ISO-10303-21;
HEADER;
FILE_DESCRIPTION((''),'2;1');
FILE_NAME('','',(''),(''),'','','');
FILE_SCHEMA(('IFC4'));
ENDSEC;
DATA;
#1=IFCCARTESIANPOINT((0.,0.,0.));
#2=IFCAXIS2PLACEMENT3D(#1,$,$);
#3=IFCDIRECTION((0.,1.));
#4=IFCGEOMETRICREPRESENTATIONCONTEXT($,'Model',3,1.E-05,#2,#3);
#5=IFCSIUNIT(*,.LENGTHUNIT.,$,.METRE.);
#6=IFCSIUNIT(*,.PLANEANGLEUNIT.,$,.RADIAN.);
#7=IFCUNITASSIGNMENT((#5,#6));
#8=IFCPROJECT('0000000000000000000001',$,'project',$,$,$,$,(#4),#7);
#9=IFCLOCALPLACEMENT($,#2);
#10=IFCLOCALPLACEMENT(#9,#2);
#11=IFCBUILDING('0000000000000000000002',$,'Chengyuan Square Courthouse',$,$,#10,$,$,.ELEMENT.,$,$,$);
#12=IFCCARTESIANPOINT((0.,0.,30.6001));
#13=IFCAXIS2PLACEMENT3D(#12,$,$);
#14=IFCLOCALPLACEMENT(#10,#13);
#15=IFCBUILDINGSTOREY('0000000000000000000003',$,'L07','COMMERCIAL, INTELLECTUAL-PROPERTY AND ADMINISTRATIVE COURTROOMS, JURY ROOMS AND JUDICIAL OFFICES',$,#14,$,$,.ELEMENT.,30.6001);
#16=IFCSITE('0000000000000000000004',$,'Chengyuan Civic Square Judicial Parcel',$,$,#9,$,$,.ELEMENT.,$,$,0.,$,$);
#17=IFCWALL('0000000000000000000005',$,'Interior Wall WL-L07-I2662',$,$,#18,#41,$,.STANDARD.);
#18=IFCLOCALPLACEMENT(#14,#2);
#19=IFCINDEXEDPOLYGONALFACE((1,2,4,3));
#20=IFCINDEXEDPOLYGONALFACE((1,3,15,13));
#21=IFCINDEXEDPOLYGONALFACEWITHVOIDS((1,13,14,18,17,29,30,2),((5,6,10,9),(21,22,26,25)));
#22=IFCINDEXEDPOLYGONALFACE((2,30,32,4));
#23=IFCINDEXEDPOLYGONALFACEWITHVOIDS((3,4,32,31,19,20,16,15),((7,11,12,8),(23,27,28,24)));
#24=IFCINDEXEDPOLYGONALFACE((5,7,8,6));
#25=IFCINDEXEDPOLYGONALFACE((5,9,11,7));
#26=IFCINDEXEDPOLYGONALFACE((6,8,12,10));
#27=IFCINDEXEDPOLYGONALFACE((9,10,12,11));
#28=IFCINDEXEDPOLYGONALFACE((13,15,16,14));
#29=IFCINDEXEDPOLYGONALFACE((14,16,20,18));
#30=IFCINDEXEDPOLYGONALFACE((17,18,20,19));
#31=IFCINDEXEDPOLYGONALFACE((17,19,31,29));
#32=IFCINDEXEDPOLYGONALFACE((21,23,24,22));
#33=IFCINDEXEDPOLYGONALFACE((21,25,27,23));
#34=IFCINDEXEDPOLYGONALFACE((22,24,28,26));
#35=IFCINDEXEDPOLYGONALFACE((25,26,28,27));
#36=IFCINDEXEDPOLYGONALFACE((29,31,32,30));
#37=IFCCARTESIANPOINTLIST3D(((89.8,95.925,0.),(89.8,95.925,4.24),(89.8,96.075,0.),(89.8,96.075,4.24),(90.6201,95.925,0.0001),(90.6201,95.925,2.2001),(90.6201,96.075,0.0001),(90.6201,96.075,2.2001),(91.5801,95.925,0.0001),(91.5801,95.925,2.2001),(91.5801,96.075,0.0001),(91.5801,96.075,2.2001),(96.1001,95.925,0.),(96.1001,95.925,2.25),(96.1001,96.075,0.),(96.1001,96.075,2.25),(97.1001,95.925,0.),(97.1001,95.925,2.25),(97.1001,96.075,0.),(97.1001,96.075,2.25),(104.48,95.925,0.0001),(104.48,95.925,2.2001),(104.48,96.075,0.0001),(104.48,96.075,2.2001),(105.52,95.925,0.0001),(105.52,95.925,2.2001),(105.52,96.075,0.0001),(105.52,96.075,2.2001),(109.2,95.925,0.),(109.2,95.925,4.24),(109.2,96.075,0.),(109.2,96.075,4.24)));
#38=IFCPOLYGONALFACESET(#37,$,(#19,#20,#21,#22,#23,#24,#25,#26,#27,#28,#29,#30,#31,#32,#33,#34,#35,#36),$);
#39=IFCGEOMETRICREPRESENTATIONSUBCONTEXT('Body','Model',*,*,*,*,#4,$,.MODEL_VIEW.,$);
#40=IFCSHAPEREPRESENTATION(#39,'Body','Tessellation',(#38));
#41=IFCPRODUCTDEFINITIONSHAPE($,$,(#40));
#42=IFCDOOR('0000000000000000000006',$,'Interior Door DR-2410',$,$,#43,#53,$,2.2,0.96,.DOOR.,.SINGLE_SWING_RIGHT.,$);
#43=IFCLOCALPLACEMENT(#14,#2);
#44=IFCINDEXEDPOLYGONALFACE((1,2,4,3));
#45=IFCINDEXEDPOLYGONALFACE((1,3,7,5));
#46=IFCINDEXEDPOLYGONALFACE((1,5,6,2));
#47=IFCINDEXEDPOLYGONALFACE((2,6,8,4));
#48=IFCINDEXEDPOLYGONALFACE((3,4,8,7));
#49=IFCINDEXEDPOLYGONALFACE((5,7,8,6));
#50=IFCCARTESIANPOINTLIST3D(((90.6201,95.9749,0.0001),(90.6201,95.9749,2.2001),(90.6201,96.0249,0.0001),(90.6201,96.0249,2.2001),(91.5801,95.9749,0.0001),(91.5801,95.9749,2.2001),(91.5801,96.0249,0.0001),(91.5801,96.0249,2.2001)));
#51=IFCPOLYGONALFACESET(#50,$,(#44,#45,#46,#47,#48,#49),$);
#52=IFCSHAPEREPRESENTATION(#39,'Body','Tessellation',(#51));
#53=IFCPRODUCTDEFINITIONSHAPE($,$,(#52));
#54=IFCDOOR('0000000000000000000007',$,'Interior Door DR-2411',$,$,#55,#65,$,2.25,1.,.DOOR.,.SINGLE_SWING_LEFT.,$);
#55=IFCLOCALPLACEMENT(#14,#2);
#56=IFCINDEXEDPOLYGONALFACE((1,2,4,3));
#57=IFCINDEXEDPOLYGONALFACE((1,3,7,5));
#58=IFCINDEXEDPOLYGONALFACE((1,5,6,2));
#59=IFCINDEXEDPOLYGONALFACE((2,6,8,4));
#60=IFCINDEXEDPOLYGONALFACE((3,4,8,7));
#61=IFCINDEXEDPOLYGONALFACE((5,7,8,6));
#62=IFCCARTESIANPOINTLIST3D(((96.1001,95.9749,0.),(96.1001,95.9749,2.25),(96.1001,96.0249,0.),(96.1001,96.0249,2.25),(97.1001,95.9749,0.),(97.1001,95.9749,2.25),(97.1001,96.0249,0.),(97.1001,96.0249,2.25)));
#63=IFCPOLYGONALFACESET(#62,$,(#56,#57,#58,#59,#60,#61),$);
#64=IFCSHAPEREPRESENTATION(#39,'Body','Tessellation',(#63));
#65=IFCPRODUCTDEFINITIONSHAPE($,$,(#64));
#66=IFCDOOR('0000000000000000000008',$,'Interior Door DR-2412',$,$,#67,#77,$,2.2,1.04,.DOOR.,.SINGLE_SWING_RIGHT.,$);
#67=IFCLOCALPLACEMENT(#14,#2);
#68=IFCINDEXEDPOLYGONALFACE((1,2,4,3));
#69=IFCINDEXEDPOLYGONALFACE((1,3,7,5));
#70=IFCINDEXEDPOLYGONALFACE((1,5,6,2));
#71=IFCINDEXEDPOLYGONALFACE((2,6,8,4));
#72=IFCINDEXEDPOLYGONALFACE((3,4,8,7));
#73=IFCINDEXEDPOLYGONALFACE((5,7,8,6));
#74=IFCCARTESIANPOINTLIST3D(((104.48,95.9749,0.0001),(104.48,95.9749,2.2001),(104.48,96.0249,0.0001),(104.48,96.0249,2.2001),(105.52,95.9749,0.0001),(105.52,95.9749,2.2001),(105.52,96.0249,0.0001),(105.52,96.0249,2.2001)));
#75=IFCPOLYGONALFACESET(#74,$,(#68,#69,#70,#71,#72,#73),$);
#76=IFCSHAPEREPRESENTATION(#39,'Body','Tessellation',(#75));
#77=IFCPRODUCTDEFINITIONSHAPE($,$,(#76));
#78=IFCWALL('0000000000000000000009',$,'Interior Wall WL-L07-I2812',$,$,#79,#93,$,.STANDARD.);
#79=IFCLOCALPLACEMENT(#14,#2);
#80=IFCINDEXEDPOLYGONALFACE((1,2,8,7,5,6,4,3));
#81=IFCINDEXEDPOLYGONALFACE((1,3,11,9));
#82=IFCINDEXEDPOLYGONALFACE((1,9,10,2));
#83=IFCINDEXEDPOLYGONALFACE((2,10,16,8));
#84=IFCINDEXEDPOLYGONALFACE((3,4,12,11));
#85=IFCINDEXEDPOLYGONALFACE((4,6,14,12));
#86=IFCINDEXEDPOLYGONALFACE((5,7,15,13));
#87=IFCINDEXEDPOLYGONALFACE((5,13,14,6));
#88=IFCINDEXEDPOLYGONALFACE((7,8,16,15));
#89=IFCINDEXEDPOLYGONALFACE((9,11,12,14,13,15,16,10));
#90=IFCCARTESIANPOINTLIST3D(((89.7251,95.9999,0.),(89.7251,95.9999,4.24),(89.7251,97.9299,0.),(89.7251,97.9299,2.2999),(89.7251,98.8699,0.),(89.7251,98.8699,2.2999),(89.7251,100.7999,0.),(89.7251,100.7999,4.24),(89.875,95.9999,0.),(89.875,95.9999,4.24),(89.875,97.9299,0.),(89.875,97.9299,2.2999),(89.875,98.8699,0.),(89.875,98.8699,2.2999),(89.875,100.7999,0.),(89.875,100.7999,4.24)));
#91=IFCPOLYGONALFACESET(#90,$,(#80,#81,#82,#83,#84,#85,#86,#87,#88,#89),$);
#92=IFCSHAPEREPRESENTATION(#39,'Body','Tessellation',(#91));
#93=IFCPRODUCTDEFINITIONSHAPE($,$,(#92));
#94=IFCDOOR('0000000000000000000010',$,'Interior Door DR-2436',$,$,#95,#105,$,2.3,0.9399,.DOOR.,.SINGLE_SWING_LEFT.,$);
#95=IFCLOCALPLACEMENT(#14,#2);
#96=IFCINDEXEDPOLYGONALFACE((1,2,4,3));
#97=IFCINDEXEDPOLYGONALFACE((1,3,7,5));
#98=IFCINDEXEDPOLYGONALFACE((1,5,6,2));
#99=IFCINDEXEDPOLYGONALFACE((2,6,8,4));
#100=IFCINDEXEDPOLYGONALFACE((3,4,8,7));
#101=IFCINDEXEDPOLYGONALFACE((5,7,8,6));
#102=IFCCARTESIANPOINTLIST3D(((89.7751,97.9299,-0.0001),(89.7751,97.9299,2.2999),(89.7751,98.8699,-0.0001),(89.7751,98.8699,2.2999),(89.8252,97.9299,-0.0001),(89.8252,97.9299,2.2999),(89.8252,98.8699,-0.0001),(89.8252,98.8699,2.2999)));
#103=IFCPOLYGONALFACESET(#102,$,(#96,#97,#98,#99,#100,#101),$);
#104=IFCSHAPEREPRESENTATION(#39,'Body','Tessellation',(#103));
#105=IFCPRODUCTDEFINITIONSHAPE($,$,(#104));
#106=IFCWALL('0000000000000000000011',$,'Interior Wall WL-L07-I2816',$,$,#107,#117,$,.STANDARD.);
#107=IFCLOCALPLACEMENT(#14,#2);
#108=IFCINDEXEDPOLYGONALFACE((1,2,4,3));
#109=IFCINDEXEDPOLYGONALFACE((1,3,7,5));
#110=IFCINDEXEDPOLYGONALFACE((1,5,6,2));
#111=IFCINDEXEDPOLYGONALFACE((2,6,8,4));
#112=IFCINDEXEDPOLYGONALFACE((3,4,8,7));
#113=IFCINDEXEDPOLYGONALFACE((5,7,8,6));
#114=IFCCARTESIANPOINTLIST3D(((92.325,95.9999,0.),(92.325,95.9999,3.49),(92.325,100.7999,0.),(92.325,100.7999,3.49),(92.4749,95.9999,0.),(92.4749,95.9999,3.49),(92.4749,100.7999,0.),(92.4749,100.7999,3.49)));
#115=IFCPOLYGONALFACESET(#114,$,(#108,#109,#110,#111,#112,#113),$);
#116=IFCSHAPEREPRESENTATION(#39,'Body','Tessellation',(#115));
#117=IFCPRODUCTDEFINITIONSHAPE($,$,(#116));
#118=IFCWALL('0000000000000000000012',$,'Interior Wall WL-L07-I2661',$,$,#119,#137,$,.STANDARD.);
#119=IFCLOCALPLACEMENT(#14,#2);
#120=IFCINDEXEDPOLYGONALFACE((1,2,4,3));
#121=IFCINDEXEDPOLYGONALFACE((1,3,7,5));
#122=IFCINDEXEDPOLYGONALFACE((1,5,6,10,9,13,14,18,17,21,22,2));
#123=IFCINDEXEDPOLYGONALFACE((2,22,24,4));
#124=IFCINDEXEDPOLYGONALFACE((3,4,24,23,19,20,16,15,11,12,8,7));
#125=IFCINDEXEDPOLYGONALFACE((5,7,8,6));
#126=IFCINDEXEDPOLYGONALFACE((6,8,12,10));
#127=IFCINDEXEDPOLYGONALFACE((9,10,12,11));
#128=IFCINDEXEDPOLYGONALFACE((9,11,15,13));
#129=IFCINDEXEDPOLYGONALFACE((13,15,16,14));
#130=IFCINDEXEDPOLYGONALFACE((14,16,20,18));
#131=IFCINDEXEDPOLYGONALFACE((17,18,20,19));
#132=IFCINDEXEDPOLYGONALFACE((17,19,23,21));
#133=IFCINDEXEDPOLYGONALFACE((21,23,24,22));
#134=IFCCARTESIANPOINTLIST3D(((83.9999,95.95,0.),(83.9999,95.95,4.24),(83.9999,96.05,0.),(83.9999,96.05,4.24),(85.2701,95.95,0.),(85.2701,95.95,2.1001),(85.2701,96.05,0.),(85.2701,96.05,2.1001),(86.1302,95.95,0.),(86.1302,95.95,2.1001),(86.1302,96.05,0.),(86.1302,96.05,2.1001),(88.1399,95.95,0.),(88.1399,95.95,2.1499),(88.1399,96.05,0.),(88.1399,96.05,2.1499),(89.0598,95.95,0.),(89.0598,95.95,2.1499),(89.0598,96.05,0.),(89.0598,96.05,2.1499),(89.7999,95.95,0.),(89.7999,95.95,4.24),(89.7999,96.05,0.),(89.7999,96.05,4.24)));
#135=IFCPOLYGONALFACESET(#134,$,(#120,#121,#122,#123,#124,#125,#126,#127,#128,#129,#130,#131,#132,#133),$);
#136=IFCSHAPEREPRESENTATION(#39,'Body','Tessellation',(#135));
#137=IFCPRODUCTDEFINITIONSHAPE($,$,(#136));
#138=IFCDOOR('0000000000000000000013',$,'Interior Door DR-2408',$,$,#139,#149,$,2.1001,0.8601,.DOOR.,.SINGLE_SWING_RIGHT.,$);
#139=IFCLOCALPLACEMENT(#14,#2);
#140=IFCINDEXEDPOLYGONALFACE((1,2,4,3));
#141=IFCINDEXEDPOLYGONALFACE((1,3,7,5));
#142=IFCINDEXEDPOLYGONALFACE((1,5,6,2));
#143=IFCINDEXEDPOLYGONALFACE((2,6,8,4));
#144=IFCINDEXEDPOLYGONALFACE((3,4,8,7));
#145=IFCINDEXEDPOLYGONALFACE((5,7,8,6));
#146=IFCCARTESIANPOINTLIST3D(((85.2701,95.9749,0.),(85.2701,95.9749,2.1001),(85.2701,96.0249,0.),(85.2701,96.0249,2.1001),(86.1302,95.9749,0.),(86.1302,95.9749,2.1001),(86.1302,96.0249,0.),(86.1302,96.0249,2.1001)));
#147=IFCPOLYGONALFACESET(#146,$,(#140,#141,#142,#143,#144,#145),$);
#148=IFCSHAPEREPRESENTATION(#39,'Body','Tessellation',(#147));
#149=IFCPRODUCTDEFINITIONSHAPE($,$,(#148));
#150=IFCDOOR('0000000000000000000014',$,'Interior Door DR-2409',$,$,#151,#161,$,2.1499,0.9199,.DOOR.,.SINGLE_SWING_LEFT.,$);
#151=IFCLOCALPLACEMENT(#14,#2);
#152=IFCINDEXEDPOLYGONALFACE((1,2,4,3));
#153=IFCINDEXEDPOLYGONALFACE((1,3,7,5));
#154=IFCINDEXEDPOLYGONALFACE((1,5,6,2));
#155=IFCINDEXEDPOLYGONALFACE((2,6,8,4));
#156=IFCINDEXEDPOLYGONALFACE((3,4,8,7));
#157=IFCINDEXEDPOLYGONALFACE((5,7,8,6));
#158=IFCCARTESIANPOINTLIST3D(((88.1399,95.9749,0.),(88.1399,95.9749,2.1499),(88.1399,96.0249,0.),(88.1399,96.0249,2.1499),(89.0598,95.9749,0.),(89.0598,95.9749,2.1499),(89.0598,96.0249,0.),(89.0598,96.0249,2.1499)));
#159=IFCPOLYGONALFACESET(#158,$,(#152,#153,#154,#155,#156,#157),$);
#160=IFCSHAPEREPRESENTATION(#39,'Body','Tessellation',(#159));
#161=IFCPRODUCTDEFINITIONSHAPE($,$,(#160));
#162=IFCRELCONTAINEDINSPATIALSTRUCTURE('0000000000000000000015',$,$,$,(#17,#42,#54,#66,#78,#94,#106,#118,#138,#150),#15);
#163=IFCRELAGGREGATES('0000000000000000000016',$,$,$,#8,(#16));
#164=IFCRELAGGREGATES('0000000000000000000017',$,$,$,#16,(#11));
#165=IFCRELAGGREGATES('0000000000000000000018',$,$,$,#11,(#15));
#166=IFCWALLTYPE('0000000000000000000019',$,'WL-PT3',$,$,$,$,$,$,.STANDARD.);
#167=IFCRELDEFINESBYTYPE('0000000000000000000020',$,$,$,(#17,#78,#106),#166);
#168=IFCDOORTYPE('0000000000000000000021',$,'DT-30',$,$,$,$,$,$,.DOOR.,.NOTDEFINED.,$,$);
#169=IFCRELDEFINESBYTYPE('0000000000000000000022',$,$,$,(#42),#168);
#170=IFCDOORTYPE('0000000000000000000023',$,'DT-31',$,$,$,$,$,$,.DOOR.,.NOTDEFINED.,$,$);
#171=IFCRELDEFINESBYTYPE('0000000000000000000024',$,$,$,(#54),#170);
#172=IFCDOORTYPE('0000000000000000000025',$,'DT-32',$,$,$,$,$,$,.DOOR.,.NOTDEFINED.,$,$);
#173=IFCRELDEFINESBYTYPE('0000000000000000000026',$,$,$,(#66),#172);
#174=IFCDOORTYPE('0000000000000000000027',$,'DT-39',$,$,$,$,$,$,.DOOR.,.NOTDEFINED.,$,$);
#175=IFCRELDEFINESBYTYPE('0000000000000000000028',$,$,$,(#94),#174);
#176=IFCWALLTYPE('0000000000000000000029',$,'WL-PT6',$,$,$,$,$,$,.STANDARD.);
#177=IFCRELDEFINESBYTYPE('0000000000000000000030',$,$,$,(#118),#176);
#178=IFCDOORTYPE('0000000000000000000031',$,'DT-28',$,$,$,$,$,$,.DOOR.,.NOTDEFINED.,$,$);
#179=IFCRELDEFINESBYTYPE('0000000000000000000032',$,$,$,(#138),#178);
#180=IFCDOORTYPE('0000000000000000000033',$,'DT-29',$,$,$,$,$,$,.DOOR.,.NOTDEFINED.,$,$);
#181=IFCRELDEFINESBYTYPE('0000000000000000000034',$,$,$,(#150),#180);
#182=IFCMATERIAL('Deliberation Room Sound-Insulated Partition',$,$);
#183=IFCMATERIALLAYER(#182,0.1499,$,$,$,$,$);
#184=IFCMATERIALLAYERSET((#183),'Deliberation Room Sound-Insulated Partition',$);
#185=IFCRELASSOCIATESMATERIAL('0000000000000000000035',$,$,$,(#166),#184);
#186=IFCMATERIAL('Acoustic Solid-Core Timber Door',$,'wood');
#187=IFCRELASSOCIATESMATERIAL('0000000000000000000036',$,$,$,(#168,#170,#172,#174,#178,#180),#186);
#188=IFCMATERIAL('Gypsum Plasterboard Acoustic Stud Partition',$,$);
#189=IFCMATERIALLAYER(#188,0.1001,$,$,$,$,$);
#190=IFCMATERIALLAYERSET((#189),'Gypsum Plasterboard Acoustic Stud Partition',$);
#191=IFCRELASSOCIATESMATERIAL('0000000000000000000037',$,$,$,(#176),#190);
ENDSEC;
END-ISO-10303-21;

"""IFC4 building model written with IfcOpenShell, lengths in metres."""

from ifc_helpers import new_model, si_unit, direction, frame, frame_2d, origin, place, context, subcontext, project, spatial, rectangle, extrude, material, layer, layer_set, type_object, element, fill, save


model = new_model("IFC4")

# Units and contexts
model_context = context("Model", 3, precision=1e-05, world=origin(), true_north=direction((0.0, 1.0)))
body_context = subcontext(model_context, "Body", "Model", "MODEL_VIEW")
ifc_project = project(units=[si_unit("LENGTHUNIT", "METRE"), si_unit("PLANEANGLEUNIT", "RADIAN")], contexts=[model_context])

# Site, building, storey
site_placement = place(None, origin())
site = spatial("IfcSite", under=ifc_project, at=site_placement, Name="Chengyuan Civic Square Judicial Parcel", CompositionType="ELEMENT", RefElevation=0.0)
building_placement = place(site_placement, origin())
building = spatial("IfcBuilding", under=site, at=building_placement, Name="Chengyuan Square Courthouse", CompositionType="ELEMENT")
storey_placement = place(building_placement, frame((0.0, 0.0, 30.6001)))
storey = spatial("IfcBuildingStorey", under=building, at=storey_placement, Name="L07", Description="COMMERCIAL, INTELLECTUAL-PROPERTY AND ADMINISTRATIVE COURTROOMS, JURY ROOMS AND JUDICIAL OFFICES", CompositionType="ELEMENT", Elevation=30.6001)

# Wall, openings, doors
ifc_material_1 = material(Name="Deliberation Room Sound-Insulated Partition")
ifc_layer_1 = layer(ifc_material_1, 0.1499)
ifc_layer_set_1 = layer_set([ifc_layer_1], Name="Deliberation Room Sound-Insulated Partition")
wall_type_1 = type_object("IfcWallType", Name="WL-PT3", PredefinedType="STANDARD", material=ifc_layer_set_1)
wall_1_placement = place(storey_placement, frame((89.8, 96.0, 0.0), z_axis=(0.0, 0.0, 1.0), x_axis=(1.0, 0.0, 0.0)))
wall_1 = element("IfcWall", 1, at=wall_1_placement, inside=storey, type_object=wall_type_1, Name="Interior Wall WL-L07-I2662", PredefinedType="STANDARD", context=body_context, shape_type="SweptSolid", body=[
    extrude(rectangle(XDim=19.3999, YDim=0.1499, at=frame_2d((9.7, 0.0))), origin(), (0.0, 0.0, 1.0), 4.24),
])
opening_1_placement = place(wall_1_placement, frame((0.8201, 0.0, 0.0)))
opening_1 = element("IfcOpeningElement", 2, at=opening_1_placement, cuts=wall_1, PredefinedType="OPENING", context=body_context, shape_type="SweptSolid", body=[
    extrude(rectangle(XDim=0.96, YDim=2.2, at=frame_2d((0.48, 1.1001))), frame((0.0, 0.0869, 0.0), z_axis=(0.0, -1.0, 0.0), x_axis=(1.0, 0.0, 0.0)), (0.0, 0.0, 1.0), 0.1738),
])
opening_2_placement = place(wall_1_placement, frame((6.3, 0.0, 0.0)))
opening_2 = element("IfcOpeningElement", 3, at=opening_2_placement, cuts=wall_1, PredefinedType="OPENING", context=body_context, shape_type="SweptSolid", body=[
    extrude(rectangle(XDim=1.0, YDim=2.25, at=frame_2d((0.5, 1.125))), frame((0.0, 0.0869, 0.0), z_axis=(0.0, -1.0, 0.0), x_axis=(1.0, 0.0, 0.0)), (0.0, 0.0, 1.0), 0.1738),
])
opening_3_placement = place(wall_1_placement, frame((14.6799, 0.0, 0.0)))
opening_3 = element("IfcOpeningElement", 4, at=opening_3_placement, cuts=wall_1, PredefinedType="OPENING", context=body_context, shape_type="SweptSolid", body=[
    extrude(rectangle(XDim=1.04, YDim=2.2, at=frame_2d((0.52, 1.1001))), frame((0.0, 0.0869, 0.0), z_axis=(0.0, -1.0, 0.0), x_axis=(1.0, 0.0, 0.0)), (0.0, 0.0, 1.0), 0.1738),
])
ifc_material_2 = material(Name="Acoustic Solid-Core Timber Door", Category="wood")
door_type_1 = type_object("IfcDoorType", Name="DT-30", OperationType="NOTDEFINED", PredefinedType="DOOR", material=ifc_material_2)
door_1_placement = place(opening_1_placement, origin())
door_1 = element("IfcDoor", 5, at=door_1_placement, inside=storey, type_object=door_type_1, Name="Interior Door DR-2410", OperationType="SINGLE_SWING_RIGHT", OverallHeight=2.2, OverallWidth=0.96, PredefinedType="DOOR", context=body_context, shape_type="SweptSolid", body=[
    extrude(rectangle(XDim=0.96, YDim=2.2, at=frame_2d((0.48, 1.1001))), frame((0.0, 0.0249, 0.0), z_axis=(0.0, -1.0, 0.0), x_axis=(1.0, 0.0, 0.0)), (0.0, 0.0, 1.0), 0.05),
])
fill(opening_1, door_1)
door_type_2 = type_object("IfcDoorType", Name="DT-31", OperationType="NOTDEFINED", PredefinedType="DOOR", material=ifc_material_2)
door_2_placement = place(opening_2_placement, origin())
door_2 = element("IfcDoor", 6, at=door_2_placement, inside=storey, type_object=door_type_2, Name="Interior Door DR-2411", OperationType="SINGLE_SWING_LEFT", OverallHeight=2.25, OverallWidth=1.0, PredefinedType="DOOR", context=body_context, shape_type="SweptSolid", body=[
    extrude(rectangle(XDim=1.0, YDim=2.25, at=frame_2d((0.5, 1.125))), frame((0.0, 0.0249, 0.0), z_axis=(0.0, -1.0, 0.0), x_axis=(1.0, 0.0, 0.0)), (0.0, 0.0, 1.0), 0.05),
])
fill(opening_2, door_2)
door_type_3 = type_object("IfcDoorType", Name="DT-32", OperationType="NOTDEFINED", PredefinedType="DOOR", material=ifc_material_2)
door_3_placement = place(opening_3_placement, origin())
door_3 = element("IfcDoor", 7, at=door_3_placement, inside=storey, type_object=door_type_3, Name="Interior Door DR-2412", OperationType="SINGLE_SWING_RIGHT", OverallHeight=2.2, OverallWidth=1.04, PredefinedType="DOOR", context=body_context, shape_type="SweptSolid", body=[
    extrude(rectangle(XDim=1.04, YDim=2.2, at=frame_2d((0.52, 1.1001))), frame((0.0, 0.0249, 0.0), z_axis=(0.0, -1.0, 0.0), x_axis=(1.0, 0.0, 0.0)), (0.0, 0.0, 1.0), 0.05),
])
fill(opening_3, door_3)

# Wall, opening, door
wall_2_placement = place(storey_placement, frame((89.8, 96.0, 0.0), z_axis=(0.0, 0.0, 1.0), x_axis=(0.0, 1.0, 0.0)))
wall_2 = element("IfcWall", 8, at=wall_2_placement, inside=storey, type_object=wall_type_1, Name="Interior Wall WL-L07-I2812", PredefinedType="STANDARD", context=body_context, shape_type="SweptSolid", body=[
    extrude(rectangle(XDim=4.8, YDim=0.1499, at=frame_2d((2.3999, 0.0))), origin(), (0.0, 0.0, 1.0), 4.24),
])
opening_4_placement = place(wall_2_placement, frame((1.9299, 0.0, 0.0)))
opening_4 = element("IfcOpeningElement", 9, at=opening_4_placement, cuts=wall_2, PredefinedType="OPENING", context=body_context, shape_type="SweptSolid", body=[
    extrude(rectangle(XDim=0.9399, YDim=2.3, at=frame_2d((0.47, 1.1499))), frame((0.0, 0.0869, 0.0), z_axis=(0.0, -1.0, 0.0), x_axis=(1.0, 0.0, 0.0)), (0.0, 0.0, 1.0), 0.1738),
])
door_type_4 = type_object("IfcDoorType", Name="DT-39", OperationType="NOTDEFINED", PredefinedType="DOOR", material=ifc_material_2)
door_4_placement = place(opening_4_placement, origin())
door_4 = element("IfcDoor", 10, at=door_4_placement, inside=storey, type_object=door_type_4, Name="Interior Door DR-2436", OperationType="SINGLE_SWING_LEFT", OverallHeight=2.3, OverallWidth=0.9399, PredefinedType="DOOR", context=body_context, shape_type="SweptSolid", body=[
    extrude(rectangle(XDim=0.9399, YDim=2.3, at=frame_2d((0.47, 1.1499))), frame((0.0, 0.0249, 0.0), z_axis=(0.0, -1.0, 0.0), x_axis=(1.0, 0.0, 0.0)), (0.0, 0.0, 1.0), 0.05),
])
fill(opening_4, door_4)

# Wall
wall_3_placement = place(storey_placement, frame((92.3999, 96.0, 0.0), z_axis=(0.0, 0.0, 1.0), x_axis=(0.0, 1.0, 0.0)))
element("IfcWall", 11, at=wall_3_placement, inside=storey, type_object=wall_type_1, Name="Interior Wall WL-L07-I2816", PredefinedType="STANDARD", context=body_context, shape_type="SweptSolid", body=[
    extrude(rectangle(XDim=4.8, YDim=0.1499, at=frame_2d((2.3999, 0.0))), origin(), (0.0, 0.0, 1.0), 3.49),
])

# Wall, openings, doors
ifc_material_3 = material(Name="Gypsum Plasterboard Acoustic Stud Partition")
ifc_layer_2 = layer(ifc_material_3, 0.1001)
ifc_layer_set_2 = layer_set([ifc_layer_2], Name="Gypsum Plasterboard Acoustic Stud Partition")
wall_type_2 = type_object("IfcWallType", Name="WL-PT6", PredefinedType="STANDARD", material=ifc_layer_set_2)
wall_4_placement = place(storey_placement, frame((84.0, 96.0, 0.0), z_axis=(0.0, 0.0, 1.0), x_axis=(1.0, 0.0, 0.0)))
wall_4 = element("IfcWall", 12, at=wall_4_placement, inside=storey, type_object=wall_type_2, Name="Interior Wall WL-L07-I2661", PredefinedType="STANDARD", context=body_context, shape_type="SweptSolid", body=[
    extrude(rectangle(XDim=5.8, YDim=0.1001, at=frame_2d((2.8999, 0.0))), origin(), (0.0, 0.0, 1.0), 4.24),
])
opening_5_placement = place(wall_4_placement, frame((1.27, 0.0, 0.0)))
opening_5 = element("IfcOpeningElement", 13, at=opening_5_placement, cuts=wall_4, PredefinedType="OPENING", context=body_context, shape_type="SweptSolid", body=[
    extrude(rectangle(XDim=0.8601, YDim=2.1001, at=frame_2d((0.4302, 1.05))), frame((0.0, 0.062, 0.0), z_axis=(0.0, -1.0, 0.0), x_axis=(1.0, 0.0, 0.0)), (0.0, 0.0, 1.0), 0.124),
])
opening_6_placement = place(wall_4_placement, frame((4.1399, 0.0, 0.0)))
opening_6 = element("IfcOpeningElement", 14, at=opening_6_placement, cuts=wall_4, PredefinedType="OPENING", context=body_context, shape_type="SweptSolid", body=[
    extrude(rectangle(XDim=0.9199, YDim=2.1499, at=frame_2d((0.46, 1.075))), frame((0.0, 0.062, 0.0), z_axis=(0.0, -1.0, 0.0), x_axis=(1.0, 0.0, 0.0)), (0.0, 0.0, 1.0), 0.124),
])
door_type_5 = type_object("IfcDoorType", Name="DT-28", OperationType="NOTDEFINED", PredefinedType="DOOR", material=ifc_material_2)
door_5_placement = place(opening_5_placement, origin())
door_5 = element("IfcDoor", 15, at=door_5_placement, inside=storey, type_object=door_type_5, Name="Interior Door DR-2408", OperationType="SINGLE_SWING_RIGHT", OverallHeight=2.1001, OverallWidth=0.8601, PredefinedType="DOOR", context=body_context, shape_type="SweptSolid", body=[
    extrude(rectangle(XDim=0.8601, YDim=2.1001, at=frame_2d((0.4302, 1.05))), frame((0.0, 0.0249, 0.0), z_axis=(0.0, -1.0, 0.0), x_axis=(1.0, 0.0, 0.0)), (0.0, 0.0, 1.0), 0.05),
])
fill(opening_5, door_5)
door_type_6 = type_object("IfcDoorType", Name="DT-29", OperationType="NOTDEFINED", PredefinedType="DOOR", material=ifc_material_2)
door_6_placement = place(opening_6_placement, origin())
door_6 = element("IfcDoor", 16, at=door_6_placement, inside=storey, type_object=door_type_6, Name="Interior Door DR-2409", OperationType="SINGLE_SWING_LEFT", OverallHeight=2.1499, OverallWidth=0.9199, PredefinedType="DOOR", context=body_context, shape_type="SweptSolid", body=[
    extrude(rectangle(XDim=0.9199, YDim=2.1499, at=frame_2d((0.46, 1.075))), frame((0.0, 0.0249, 0.0), z_axis=(0.0, -1.0, 0.0), x_axis=(1.0, 0.0, 0.0)), (0.0, 0.0, 1.0), 0.05),
])
fill(opening_6, door_6)

save(model, "model.ifc")
